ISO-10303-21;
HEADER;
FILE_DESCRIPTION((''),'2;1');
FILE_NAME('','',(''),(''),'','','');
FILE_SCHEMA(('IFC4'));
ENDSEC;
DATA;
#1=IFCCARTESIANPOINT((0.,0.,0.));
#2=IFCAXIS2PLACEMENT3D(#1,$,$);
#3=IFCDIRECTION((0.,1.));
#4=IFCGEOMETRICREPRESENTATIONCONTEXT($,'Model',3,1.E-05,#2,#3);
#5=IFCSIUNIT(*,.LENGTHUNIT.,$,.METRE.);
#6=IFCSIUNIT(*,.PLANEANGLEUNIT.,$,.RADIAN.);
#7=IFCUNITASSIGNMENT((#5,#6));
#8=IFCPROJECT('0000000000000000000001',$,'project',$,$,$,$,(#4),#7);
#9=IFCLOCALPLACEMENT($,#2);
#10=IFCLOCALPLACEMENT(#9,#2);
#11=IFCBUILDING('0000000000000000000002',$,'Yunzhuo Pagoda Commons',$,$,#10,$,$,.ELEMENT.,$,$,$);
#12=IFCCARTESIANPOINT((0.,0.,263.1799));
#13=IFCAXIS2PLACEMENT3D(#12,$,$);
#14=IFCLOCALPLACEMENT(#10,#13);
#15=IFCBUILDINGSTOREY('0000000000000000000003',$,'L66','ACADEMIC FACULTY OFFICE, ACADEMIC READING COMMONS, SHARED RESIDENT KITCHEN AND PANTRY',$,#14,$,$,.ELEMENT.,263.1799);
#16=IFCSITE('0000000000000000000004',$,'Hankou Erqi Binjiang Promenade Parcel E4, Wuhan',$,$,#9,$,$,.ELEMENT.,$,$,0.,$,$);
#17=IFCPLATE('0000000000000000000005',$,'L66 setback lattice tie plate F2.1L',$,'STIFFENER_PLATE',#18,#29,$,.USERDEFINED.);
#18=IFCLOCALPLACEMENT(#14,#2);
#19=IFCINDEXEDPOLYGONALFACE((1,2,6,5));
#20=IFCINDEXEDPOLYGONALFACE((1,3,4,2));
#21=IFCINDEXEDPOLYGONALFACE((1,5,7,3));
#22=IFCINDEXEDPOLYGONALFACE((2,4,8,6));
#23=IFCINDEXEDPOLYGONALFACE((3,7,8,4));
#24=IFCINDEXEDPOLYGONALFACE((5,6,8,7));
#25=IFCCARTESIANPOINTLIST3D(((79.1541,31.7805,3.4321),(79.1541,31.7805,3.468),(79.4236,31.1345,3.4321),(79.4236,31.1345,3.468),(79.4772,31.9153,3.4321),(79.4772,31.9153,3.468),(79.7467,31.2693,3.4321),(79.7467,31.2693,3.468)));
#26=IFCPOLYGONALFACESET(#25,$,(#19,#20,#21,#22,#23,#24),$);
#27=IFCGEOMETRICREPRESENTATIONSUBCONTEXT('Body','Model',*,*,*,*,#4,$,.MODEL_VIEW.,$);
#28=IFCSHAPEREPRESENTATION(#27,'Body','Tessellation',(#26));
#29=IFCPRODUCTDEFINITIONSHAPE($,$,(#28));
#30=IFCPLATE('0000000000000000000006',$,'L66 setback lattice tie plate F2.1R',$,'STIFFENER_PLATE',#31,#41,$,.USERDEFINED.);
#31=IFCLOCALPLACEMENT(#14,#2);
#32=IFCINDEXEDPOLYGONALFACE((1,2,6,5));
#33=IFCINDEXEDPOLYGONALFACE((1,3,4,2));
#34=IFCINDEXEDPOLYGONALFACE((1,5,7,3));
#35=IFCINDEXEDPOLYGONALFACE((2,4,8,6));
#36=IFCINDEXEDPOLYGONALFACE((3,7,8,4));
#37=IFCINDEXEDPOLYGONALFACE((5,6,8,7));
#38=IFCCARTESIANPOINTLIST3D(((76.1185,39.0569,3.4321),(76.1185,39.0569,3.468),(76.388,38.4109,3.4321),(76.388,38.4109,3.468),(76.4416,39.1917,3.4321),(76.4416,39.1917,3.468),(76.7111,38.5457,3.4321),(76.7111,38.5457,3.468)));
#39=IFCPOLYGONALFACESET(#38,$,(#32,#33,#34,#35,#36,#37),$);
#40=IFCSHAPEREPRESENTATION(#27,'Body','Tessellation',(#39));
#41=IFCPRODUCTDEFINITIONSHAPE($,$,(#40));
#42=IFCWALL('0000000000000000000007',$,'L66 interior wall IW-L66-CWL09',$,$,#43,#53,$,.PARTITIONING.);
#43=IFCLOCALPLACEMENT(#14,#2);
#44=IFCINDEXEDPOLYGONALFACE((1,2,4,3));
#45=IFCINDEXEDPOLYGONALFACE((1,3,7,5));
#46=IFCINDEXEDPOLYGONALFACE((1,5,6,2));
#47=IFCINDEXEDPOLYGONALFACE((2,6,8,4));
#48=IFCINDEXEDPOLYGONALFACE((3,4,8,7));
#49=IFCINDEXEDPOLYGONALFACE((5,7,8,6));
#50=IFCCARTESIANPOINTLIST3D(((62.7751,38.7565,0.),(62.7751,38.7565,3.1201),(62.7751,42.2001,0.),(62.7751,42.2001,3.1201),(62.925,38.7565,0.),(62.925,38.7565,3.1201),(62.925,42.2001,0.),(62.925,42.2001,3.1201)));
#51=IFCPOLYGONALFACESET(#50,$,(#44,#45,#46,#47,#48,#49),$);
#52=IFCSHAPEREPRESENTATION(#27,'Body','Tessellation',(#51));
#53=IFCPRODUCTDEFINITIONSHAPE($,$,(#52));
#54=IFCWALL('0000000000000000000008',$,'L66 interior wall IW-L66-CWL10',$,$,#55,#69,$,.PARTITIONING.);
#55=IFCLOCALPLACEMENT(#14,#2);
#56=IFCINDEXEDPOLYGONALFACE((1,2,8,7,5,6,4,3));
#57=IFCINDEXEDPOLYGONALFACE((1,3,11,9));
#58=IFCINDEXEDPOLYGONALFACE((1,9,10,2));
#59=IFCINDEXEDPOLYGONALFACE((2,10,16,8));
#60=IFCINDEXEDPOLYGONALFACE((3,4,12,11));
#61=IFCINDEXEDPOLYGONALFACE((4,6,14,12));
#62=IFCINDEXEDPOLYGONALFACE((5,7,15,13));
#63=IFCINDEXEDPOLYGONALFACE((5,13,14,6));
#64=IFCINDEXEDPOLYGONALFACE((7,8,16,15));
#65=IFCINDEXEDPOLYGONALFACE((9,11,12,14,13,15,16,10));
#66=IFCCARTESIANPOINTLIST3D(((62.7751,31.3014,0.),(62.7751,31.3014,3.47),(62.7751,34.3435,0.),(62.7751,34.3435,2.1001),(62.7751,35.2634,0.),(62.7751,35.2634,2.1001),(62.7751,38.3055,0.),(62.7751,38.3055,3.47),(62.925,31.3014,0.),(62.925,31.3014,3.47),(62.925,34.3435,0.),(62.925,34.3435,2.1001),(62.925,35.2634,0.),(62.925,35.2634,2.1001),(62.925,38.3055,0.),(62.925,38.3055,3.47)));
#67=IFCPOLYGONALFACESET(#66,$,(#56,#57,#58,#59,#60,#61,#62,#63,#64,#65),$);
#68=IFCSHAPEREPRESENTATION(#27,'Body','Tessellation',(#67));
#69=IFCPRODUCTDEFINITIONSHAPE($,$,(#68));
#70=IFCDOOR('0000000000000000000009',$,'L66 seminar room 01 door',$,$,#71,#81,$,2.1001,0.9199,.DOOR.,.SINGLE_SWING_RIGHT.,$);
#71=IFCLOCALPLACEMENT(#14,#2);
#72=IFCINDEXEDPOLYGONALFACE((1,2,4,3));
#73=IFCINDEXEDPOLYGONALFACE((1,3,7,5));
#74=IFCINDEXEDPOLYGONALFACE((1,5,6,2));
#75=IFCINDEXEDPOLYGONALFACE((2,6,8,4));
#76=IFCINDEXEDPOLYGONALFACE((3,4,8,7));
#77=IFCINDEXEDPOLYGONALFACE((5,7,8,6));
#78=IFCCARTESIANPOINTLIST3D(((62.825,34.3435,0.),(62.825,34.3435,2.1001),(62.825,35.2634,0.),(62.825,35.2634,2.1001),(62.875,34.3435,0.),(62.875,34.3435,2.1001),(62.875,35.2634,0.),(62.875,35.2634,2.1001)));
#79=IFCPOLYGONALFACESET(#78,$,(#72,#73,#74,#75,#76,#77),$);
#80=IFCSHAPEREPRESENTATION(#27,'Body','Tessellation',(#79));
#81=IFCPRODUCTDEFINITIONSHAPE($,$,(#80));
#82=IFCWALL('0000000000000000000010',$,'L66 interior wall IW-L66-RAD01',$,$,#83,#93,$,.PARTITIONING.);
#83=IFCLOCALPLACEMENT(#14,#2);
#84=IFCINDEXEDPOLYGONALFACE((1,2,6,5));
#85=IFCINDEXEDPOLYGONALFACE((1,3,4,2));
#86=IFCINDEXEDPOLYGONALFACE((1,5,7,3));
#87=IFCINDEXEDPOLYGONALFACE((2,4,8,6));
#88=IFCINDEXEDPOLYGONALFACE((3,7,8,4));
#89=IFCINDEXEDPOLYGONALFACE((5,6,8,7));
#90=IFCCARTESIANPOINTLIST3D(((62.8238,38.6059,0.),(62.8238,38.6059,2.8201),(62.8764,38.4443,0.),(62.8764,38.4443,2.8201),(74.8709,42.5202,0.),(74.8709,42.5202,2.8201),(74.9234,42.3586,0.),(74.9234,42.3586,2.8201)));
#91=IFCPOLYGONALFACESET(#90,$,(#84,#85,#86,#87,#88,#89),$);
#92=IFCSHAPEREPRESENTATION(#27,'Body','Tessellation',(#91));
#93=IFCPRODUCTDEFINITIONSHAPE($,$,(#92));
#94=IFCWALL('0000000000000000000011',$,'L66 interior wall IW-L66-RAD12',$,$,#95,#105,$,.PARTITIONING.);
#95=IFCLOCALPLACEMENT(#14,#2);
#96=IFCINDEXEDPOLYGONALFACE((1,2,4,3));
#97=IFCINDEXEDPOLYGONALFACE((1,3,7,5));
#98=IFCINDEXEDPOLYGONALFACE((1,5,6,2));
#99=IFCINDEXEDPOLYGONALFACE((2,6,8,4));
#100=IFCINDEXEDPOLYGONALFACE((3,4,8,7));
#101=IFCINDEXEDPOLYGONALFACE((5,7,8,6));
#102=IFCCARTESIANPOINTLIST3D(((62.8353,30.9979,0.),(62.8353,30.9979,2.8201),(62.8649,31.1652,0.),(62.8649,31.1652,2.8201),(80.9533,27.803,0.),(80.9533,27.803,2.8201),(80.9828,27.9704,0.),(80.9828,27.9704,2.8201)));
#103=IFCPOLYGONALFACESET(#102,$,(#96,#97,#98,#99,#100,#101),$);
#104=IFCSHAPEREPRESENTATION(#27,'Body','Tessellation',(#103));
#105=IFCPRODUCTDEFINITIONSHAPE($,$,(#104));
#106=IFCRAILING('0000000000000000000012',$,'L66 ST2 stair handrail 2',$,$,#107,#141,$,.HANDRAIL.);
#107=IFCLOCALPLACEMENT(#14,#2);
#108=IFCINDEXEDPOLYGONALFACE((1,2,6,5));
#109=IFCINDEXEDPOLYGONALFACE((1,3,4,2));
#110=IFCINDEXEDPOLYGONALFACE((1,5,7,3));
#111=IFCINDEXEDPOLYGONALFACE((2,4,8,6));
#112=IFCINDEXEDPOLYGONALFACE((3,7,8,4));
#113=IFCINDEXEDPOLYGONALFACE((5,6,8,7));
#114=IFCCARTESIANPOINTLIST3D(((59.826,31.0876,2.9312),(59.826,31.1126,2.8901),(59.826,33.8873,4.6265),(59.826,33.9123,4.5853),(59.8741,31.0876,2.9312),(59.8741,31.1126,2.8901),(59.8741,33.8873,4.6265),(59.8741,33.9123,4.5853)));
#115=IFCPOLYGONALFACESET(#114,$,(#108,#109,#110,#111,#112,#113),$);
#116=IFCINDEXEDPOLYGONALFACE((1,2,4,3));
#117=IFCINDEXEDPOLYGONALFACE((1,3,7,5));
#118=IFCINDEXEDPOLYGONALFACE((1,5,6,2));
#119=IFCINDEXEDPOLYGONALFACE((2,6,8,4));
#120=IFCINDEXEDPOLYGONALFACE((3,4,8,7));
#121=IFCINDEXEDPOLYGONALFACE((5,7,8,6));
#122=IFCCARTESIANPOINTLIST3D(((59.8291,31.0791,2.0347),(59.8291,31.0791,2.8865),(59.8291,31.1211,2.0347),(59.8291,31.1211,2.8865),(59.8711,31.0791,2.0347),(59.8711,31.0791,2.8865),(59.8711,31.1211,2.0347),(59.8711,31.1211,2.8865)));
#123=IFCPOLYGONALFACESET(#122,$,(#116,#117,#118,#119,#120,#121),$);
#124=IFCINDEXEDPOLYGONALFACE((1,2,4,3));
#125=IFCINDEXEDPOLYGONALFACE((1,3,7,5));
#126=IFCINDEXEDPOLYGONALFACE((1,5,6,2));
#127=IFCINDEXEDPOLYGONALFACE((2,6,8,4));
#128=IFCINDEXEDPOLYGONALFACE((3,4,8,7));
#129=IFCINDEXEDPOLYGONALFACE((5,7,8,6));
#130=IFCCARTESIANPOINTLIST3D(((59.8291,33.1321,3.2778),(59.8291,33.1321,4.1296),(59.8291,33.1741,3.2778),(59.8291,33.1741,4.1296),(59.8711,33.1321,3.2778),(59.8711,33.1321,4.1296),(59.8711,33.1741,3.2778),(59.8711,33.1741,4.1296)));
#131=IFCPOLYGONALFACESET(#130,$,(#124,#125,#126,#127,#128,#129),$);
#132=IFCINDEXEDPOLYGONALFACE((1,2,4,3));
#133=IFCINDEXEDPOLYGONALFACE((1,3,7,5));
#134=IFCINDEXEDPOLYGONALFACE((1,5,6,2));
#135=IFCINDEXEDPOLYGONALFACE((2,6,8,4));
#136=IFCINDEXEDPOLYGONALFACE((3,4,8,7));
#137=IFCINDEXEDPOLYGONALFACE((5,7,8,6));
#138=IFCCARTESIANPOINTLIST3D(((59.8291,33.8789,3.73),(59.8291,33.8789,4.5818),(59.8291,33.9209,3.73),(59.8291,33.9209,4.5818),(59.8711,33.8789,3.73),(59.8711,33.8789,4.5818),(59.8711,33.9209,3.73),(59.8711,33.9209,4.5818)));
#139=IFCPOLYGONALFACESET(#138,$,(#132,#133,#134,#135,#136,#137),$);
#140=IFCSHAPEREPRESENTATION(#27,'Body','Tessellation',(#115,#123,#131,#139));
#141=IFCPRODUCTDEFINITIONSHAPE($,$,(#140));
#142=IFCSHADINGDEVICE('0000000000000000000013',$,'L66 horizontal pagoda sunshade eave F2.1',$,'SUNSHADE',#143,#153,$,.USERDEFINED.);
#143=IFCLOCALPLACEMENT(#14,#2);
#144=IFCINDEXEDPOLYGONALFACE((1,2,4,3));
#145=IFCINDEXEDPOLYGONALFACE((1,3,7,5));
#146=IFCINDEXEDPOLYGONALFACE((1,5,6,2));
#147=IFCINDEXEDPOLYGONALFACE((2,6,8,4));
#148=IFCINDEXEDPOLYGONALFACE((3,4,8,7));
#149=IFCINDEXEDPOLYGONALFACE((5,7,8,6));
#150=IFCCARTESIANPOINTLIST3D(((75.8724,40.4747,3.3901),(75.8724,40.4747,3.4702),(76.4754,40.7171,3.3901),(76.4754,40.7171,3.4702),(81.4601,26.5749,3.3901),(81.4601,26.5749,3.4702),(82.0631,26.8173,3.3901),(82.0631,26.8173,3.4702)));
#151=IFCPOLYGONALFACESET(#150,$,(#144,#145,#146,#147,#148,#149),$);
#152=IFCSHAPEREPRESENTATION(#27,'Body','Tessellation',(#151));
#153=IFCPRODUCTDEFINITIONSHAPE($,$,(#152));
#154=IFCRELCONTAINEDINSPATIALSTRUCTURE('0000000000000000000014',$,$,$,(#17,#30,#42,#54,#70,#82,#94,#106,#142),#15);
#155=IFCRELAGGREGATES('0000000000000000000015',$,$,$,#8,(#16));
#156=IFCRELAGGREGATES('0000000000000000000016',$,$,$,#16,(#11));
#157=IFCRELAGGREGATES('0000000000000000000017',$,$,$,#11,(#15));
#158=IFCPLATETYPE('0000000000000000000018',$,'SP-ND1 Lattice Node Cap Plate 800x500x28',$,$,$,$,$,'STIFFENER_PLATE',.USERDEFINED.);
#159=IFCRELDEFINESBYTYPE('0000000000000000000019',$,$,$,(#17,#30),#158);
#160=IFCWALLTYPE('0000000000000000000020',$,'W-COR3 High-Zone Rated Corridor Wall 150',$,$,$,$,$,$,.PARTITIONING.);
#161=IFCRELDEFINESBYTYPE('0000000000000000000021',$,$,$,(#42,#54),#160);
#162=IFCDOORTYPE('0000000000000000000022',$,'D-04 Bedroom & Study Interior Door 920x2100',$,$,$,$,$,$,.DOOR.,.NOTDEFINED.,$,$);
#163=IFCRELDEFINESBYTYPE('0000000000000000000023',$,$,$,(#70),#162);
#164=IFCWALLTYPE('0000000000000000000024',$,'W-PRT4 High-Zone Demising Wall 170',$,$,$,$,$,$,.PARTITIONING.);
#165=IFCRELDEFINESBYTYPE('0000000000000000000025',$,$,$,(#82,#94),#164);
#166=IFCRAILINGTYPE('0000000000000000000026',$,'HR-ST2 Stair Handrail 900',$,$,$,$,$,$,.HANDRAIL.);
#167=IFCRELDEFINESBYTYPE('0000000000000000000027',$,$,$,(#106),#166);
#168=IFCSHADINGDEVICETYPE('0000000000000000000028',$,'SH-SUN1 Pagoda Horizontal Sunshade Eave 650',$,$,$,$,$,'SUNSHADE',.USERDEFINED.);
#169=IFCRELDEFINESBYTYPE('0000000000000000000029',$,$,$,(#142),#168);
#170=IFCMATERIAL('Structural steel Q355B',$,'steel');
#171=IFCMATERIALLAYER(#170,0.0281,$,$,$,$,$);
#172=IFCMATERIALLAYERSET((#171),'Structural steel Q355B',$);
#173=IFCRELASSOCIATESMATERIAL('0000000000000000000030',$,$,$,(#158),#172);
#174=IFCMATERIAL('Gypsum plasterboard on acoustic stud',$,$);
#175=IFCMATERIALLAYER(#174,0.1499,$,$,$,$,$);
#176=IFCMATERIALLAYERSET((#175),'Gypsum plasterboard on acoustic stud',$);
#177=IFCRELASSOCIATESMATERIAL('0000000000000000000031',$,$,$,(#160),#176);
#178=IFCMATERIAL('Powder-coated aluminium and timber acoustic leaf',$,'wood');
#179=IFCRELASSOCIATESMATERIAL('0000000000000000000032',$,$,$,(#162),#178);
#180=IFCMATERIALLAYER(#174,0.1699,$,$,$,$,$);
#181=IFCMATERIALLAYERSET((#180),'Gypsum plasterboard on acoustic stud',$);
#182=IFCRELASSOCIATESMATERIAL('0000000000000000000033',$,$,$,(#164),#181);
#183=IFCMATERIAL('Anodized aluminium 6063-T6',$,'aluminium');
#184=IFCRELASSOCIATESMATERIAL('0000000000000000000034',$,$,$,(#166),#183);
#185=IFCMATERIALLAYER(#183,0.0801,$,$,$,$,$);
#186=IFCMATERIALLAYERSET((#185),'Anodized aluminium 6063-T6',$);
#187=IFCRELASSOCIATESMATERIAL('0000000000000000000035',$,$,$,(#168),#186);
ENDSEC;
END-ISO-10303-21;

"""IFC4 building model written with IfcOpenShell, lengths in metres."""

from ifc_helpers import new_model, si_unit, direction, frame, frame_2d, origin, origin_with_axes, origin_2d, place, context, subcontext, project, spatial, rectangle, extrude, source, transform, mapped, material, layer, layer_set, type_object, element, fill, save


model = new_model("IFC4")

# Units and contexts
model_context = context("Model", 3, precision=1e-05, world=origin(), true_north=direction((0.0, 1.0)))
body_context = subcontext(model_context, "Body", "Model", "MODEL_VIEW")
ifc_project = project(units=[si_unit("LENGTHUNIT", "METRE"), si_unit("PLANEANGLEUNIT", "RADIAN")], contexts=[model_context])

# Site, building, storey
site_placement = place(None, origin())
site = spatial("IfcSite", under=ifc_project, at=site_placement, Name="Hankou Erqi Binjiang Promenade Parcel E4, Wuhan", CompositionType="ELEMENT", RefElevation=0.0)
building_placement = place(site_placement, origin())
building = spatial("IfcBuilding", under=site, at=building_placement, Name="Yunzhuo Pagoda Commons", CompositionType="ELEMENT")
storey_placement = place(building_placement, frame((0.0, 0.0, 263.1799)))
storey = spatial("IfcBuildingStorey", under=building, at=storey_placement, Name="L66", Description="ACADEMIC FACULTY OFFICE, ACADEMIC READING COMMONS, SHARED RESIDENT KITCHEN AND PANTRY", CompositionType="ELEMENT", Elevation=263.1799)

# Shared definitions
ifc_material_1 = material(Name="Structural steel Q355B", Category="steel")

# Shared definitions
ifc_material_2 = material(Name="Anodized aluminium 6063-T6", Category="aluminium")

# Plates
ifc_layer_1 = layer(ifc_material_1, 0.0281)
ifc_layer_set_1 = layer_set([ifc_layer_1], Name="Structural steel Q355B")
plate_type_1 = type_object("IfcPlateType", Name="SP-ND1 Lattice Node Cap Plate 800x500x28", ElementType="STIFFENER_PLATE", PredefinedType="USERDEFINED", material=ifc_layer_set_1)
shared_shape_1 = source(origin(), body_context, "Body", "SweptSolid", [
    extrude(rectangle(XDim=0.7, YDim=0.3501, at=origin_2d()), origin(), (0.0, 0.0, 1.0), 0.0359),
])
for number, where, z_axis, x_axis, name in (
    (1, (79.4504, 31.5249, 3.4321), (0.0, 0.0, 1.0), (-0.38502, 0.922908, 0.0), "L66 setback lattice tie plate F2.1L"),
    (2, (76.4148, 38.8013, 3.4321), (0.0, 0.0, 1.0), (-0.38502, 0.922908, 0.0), "L66 setback lattice tie plate F2.1R"),
):
    element("IfcPlate", number, at=place(storey_placement, frame(where, z_axis=z_axis, x_axis=x_axis)), inside=storey, type_object=plate_type_1, Name=name, ObjectType="STIFFENER_PLATE", PredefinedType="USERDEFINED", context=body_context, shape_type="MappedRepresentation", body=[
        mapped(shared_shape_1, transform((0.0, 0.0, 0.0), scale=1.0)),
    ])

# Wall
ifc_material_3 = material(Name="Gypsum plasterboard on acoustic stud")
ifc_layer_2 = layer(ifc_material_3, 0.1499)
ifc_layer_set_2 = layer_set([ifc_layer_2], Name="Gypsum plasterboard on acoustic stud")
wall_type_1 = type_object("IfcWallType", Name="W-COR3 High-Zone Rated Corridor Wall 150", PredefinedType="PARTITIONING", material=ifc_layer_set_2)
wall_1_placement = place(storey_placement, frame((62.8501, 42.2, 0.0), z_axis=(0.0, 0.0, 1.0), x_axis=(0.0, -1.0, 0.0)))
element("IfcWall", 3, at=wall_1_placement, inside=storey, type_object=wall_type_1, Name="L66 interior wall IW-L66-CWL09", PredefinedType="PARTITIONING", context=body_context, shape_type="SweptSolid", body=[
    extrude(rectangle(XDim=3.4436, YDim=0.1499, at=frame_2d((1.7217, 0.0))), origin(), (0.0, 0.0, 1.0), 3.1201),
])

# Wall, opening, door
wall_2_placement = place(storey_placement, frame((62.8501, 38.3054, 0.0), z_axis=(0.0, 0.0, 1.0), x_axis=(0.0, -1.0, 0.0)))
wall_2 = element("IfcWall", 4, at=wall_2_placement, inside=storey, type_object=wall_type_1, Name="L66 interior wall IW-L66-CWL10", PredefinedType="PARTITIONING", context=body_context, shape_type="SweptSolid", body=[
    extrude(rectangle(XDim=7.0042, YDim=0.1499, at=frame_2d((3.502, 0.0))), origin(), (0.0, 0.0, 1.0), 3.47),
])
opening_placement = place(wall_2_placement, frame((3.042, 0.0, 0.0)))
opening = element("IfcOpeningElement", 5, at=opening_placement, cuts=wall_2, PredefinedType="OPENING", context=body_context, shape_type="SweptSolid", body=[
    extrude(rectangle(XDim=0.9199, YDim=2.1001, at=frame_2d((0.46, 1.05))), frame((0.0, 0.085, 0.0), z_axis=(0.0, -1.0, 0.0), x_axis=(1.0, 0.0, 0.0)), (0.0, 0.0, 1.0), 0.1699),
])
ifc_material_4 = material(Name="Powder-coated aluminium and timber acoustic leaf", Category="wood")
door_type = type_object("IfcDoorType", Name="D-04 Bedroom & Study Interior Door 920x2100", OperationType="NOTDEFINED", PredefinedType="DOOR", material=ifc_material_4)
shared_shape_2 = source(origin(), body_context, "Body", "SweptSolid", [
    extrude(rectangle(XDim=0.9199, YDim=2.1001, at=frame_2d((0.46, 1.05))), frame((0.0, 0.0249, 0.0), z_axis=(0.0, -1.0, 0.0), x_axis=(1.0, 0.0, 0.0)), (0.0, 0.0, 1.0), 0.05),
])
door_placement = place(opening_placement, origin_with_axes())
door = element("IfcDoor", 6, at=door_placement, inside=storey, type_object=door_type, Name="L66 seminar room 01 door", OperationType="SINGLE_SWING_RIGHT", OverallHeight=2.1001, OverallWidth=0.9199, PredefinedType="DOOR", context=body_context, shape_type="MappedRepresentation", body=[
    mapped(shared_shape_2, transform((0.0, 0.0, 0.0), scale=1.0)),
])
fill(opening, door)

# Walls
ifc_layer_3 = layer(ifc_material_3, 0.1699)
ifc_layer_set_3 = layer_set([ifc_layer_3], Name="Gypsum plasterboard on acoustic stud")
wall_type_2 = type_object("IfcWallType", Name="W-PRT4 High-Zone Demising Wall 170", PredefinedType="PARTITIONING", material=ifc_layer_set_3)
wall_3_placement = place(storey_placement, frame((62.8501, 38.5251, 0.0), z_axis=(0.0, 0.0, 1.0), x_axis=(0.951057, 0.309014, 0.0)))
element("IfcWall", 7, at=wall_3_placement, inside=storey, type_object=wall_type_2, Name="L66 interior wall IW-L66-RAD01", PredefinedType="PARTITIONING", context=body_context, shape_type="SweptSolid", body=[
    extrude(rectangle(XDim=12.667, YDim=0.1699, at=frame_2d((6.3335, 0.0))), origin(), (0.0, 0.0, 1.0), 2.8201),
])
wall_4_placement = place(storey_placement, frame((62.8501, 31.0815, 0.0), z_axis=(0.0, 0.0, 1.0), x_axis=(0.984806, -0.173656, 0.0)))
element("IfcWall", 8, at=wall_4_placement, inside=storey, type_object=wall_type_2, Name="L66 interior wall IW-L66-RAD12", PredefinedType="PARTITIONING", context=body_context, shape_type="SweptSolid", body=[
    extrude(rectangle(XDim=18.3975, YDim=0.1699, at=frame_2d((9.1987, 0.0))), origin(), (0.0, 0.0, 1.0), 2.8201),
])

# Railing
railing_type = type_object("IfcRailingType", Name="HR-ST2 Stair Handrail 900", PredefinedType="HANDRAIL", material=ifc_material_2)
railing_placement = place(storey_placement, frame((59.8501, 31.1001, 2.0347)))
element("IfcRailing", 9, at=railing_placement, inside=storey, type_object=railing_type, Name="L66 ST2 stair handrail 2", PredefinedType="HANDRAIL", context=body_context, shape_type="SweptSolid", body=[
    extrude(rectangle(XDim=0.0481, YDim=0.0481, at=origin_2d()), frame((0.0, 0.0, 0.876), z_axis=(0.0, 0.855406, 0.517958), x_axis=(-1.0, 0.0, 0.0)), (0.0, 0.0, 1.0), 3.2729),
    extrude(rectangle(XDim=0.042, YDim=0.042, at=origin_2d()), origin(), (0.0, 0.0, 1.0), 0.8518),
    extrude(rectangle(XDim=0.042, YDim=0.042, at=origin_2d()), frame((0.0, 2.053, 1.2432)), (0.0, 0.0, 1.0), 0.8518),
    extrude(rectangle(XDim=0.042, YDim=0.042, at=origin_2d()), frame((0.0, 2.7998, 1.6953)), (0.0, 0.0, 1.0), 0.8518),
])

# Shading device
ifc_layer_4 = layer(ifc_material_2, 0.0801)
ifc_layer_set_4 = layer_set([ifc_layer_4], Name="Anodized aluminium 6063-T6")
shading_device_type = type_object("IfcShadingDeviceType", Name="SH-SUN1 Pagoda Horizontal Sunshade Eave 650", ElementType="SUNSHADE", PredefinedType="USERDEFINED", material=ifc_layer_set_4)
shared_shape_3 = source(origin(), body_context, "Body", "SweptSolid", [
    extrude(rectangle(XDim=14.981, YDim=0.6499, at=origin_2d()), origin(), (0.0, 0.0, 1.0), 0.0801),
])
shading_device_placement = place(storey_placement, frame((78.9678, 33.646, 3.3901), z_axis=(0.0, 0.0, 1.0), x_axis=(-0.372988, 0.927836, 0.0)))
element("IfcShadingDevice", 10, at=shading_device_placement, inside=storey, type_object=shading_device_type, Name="L66 horizontal pagoda sunshade eave F2.1", ObjectType="SUNSHADE", PredefinedType="USERDEFINED", context=body_context, shape_type="MappedRepresentation", body=[
    mapped(shared_shape_3, transform((0.0, 0.0, 0.0), scale=1.0)),
])

save(model, "model.ifc")
